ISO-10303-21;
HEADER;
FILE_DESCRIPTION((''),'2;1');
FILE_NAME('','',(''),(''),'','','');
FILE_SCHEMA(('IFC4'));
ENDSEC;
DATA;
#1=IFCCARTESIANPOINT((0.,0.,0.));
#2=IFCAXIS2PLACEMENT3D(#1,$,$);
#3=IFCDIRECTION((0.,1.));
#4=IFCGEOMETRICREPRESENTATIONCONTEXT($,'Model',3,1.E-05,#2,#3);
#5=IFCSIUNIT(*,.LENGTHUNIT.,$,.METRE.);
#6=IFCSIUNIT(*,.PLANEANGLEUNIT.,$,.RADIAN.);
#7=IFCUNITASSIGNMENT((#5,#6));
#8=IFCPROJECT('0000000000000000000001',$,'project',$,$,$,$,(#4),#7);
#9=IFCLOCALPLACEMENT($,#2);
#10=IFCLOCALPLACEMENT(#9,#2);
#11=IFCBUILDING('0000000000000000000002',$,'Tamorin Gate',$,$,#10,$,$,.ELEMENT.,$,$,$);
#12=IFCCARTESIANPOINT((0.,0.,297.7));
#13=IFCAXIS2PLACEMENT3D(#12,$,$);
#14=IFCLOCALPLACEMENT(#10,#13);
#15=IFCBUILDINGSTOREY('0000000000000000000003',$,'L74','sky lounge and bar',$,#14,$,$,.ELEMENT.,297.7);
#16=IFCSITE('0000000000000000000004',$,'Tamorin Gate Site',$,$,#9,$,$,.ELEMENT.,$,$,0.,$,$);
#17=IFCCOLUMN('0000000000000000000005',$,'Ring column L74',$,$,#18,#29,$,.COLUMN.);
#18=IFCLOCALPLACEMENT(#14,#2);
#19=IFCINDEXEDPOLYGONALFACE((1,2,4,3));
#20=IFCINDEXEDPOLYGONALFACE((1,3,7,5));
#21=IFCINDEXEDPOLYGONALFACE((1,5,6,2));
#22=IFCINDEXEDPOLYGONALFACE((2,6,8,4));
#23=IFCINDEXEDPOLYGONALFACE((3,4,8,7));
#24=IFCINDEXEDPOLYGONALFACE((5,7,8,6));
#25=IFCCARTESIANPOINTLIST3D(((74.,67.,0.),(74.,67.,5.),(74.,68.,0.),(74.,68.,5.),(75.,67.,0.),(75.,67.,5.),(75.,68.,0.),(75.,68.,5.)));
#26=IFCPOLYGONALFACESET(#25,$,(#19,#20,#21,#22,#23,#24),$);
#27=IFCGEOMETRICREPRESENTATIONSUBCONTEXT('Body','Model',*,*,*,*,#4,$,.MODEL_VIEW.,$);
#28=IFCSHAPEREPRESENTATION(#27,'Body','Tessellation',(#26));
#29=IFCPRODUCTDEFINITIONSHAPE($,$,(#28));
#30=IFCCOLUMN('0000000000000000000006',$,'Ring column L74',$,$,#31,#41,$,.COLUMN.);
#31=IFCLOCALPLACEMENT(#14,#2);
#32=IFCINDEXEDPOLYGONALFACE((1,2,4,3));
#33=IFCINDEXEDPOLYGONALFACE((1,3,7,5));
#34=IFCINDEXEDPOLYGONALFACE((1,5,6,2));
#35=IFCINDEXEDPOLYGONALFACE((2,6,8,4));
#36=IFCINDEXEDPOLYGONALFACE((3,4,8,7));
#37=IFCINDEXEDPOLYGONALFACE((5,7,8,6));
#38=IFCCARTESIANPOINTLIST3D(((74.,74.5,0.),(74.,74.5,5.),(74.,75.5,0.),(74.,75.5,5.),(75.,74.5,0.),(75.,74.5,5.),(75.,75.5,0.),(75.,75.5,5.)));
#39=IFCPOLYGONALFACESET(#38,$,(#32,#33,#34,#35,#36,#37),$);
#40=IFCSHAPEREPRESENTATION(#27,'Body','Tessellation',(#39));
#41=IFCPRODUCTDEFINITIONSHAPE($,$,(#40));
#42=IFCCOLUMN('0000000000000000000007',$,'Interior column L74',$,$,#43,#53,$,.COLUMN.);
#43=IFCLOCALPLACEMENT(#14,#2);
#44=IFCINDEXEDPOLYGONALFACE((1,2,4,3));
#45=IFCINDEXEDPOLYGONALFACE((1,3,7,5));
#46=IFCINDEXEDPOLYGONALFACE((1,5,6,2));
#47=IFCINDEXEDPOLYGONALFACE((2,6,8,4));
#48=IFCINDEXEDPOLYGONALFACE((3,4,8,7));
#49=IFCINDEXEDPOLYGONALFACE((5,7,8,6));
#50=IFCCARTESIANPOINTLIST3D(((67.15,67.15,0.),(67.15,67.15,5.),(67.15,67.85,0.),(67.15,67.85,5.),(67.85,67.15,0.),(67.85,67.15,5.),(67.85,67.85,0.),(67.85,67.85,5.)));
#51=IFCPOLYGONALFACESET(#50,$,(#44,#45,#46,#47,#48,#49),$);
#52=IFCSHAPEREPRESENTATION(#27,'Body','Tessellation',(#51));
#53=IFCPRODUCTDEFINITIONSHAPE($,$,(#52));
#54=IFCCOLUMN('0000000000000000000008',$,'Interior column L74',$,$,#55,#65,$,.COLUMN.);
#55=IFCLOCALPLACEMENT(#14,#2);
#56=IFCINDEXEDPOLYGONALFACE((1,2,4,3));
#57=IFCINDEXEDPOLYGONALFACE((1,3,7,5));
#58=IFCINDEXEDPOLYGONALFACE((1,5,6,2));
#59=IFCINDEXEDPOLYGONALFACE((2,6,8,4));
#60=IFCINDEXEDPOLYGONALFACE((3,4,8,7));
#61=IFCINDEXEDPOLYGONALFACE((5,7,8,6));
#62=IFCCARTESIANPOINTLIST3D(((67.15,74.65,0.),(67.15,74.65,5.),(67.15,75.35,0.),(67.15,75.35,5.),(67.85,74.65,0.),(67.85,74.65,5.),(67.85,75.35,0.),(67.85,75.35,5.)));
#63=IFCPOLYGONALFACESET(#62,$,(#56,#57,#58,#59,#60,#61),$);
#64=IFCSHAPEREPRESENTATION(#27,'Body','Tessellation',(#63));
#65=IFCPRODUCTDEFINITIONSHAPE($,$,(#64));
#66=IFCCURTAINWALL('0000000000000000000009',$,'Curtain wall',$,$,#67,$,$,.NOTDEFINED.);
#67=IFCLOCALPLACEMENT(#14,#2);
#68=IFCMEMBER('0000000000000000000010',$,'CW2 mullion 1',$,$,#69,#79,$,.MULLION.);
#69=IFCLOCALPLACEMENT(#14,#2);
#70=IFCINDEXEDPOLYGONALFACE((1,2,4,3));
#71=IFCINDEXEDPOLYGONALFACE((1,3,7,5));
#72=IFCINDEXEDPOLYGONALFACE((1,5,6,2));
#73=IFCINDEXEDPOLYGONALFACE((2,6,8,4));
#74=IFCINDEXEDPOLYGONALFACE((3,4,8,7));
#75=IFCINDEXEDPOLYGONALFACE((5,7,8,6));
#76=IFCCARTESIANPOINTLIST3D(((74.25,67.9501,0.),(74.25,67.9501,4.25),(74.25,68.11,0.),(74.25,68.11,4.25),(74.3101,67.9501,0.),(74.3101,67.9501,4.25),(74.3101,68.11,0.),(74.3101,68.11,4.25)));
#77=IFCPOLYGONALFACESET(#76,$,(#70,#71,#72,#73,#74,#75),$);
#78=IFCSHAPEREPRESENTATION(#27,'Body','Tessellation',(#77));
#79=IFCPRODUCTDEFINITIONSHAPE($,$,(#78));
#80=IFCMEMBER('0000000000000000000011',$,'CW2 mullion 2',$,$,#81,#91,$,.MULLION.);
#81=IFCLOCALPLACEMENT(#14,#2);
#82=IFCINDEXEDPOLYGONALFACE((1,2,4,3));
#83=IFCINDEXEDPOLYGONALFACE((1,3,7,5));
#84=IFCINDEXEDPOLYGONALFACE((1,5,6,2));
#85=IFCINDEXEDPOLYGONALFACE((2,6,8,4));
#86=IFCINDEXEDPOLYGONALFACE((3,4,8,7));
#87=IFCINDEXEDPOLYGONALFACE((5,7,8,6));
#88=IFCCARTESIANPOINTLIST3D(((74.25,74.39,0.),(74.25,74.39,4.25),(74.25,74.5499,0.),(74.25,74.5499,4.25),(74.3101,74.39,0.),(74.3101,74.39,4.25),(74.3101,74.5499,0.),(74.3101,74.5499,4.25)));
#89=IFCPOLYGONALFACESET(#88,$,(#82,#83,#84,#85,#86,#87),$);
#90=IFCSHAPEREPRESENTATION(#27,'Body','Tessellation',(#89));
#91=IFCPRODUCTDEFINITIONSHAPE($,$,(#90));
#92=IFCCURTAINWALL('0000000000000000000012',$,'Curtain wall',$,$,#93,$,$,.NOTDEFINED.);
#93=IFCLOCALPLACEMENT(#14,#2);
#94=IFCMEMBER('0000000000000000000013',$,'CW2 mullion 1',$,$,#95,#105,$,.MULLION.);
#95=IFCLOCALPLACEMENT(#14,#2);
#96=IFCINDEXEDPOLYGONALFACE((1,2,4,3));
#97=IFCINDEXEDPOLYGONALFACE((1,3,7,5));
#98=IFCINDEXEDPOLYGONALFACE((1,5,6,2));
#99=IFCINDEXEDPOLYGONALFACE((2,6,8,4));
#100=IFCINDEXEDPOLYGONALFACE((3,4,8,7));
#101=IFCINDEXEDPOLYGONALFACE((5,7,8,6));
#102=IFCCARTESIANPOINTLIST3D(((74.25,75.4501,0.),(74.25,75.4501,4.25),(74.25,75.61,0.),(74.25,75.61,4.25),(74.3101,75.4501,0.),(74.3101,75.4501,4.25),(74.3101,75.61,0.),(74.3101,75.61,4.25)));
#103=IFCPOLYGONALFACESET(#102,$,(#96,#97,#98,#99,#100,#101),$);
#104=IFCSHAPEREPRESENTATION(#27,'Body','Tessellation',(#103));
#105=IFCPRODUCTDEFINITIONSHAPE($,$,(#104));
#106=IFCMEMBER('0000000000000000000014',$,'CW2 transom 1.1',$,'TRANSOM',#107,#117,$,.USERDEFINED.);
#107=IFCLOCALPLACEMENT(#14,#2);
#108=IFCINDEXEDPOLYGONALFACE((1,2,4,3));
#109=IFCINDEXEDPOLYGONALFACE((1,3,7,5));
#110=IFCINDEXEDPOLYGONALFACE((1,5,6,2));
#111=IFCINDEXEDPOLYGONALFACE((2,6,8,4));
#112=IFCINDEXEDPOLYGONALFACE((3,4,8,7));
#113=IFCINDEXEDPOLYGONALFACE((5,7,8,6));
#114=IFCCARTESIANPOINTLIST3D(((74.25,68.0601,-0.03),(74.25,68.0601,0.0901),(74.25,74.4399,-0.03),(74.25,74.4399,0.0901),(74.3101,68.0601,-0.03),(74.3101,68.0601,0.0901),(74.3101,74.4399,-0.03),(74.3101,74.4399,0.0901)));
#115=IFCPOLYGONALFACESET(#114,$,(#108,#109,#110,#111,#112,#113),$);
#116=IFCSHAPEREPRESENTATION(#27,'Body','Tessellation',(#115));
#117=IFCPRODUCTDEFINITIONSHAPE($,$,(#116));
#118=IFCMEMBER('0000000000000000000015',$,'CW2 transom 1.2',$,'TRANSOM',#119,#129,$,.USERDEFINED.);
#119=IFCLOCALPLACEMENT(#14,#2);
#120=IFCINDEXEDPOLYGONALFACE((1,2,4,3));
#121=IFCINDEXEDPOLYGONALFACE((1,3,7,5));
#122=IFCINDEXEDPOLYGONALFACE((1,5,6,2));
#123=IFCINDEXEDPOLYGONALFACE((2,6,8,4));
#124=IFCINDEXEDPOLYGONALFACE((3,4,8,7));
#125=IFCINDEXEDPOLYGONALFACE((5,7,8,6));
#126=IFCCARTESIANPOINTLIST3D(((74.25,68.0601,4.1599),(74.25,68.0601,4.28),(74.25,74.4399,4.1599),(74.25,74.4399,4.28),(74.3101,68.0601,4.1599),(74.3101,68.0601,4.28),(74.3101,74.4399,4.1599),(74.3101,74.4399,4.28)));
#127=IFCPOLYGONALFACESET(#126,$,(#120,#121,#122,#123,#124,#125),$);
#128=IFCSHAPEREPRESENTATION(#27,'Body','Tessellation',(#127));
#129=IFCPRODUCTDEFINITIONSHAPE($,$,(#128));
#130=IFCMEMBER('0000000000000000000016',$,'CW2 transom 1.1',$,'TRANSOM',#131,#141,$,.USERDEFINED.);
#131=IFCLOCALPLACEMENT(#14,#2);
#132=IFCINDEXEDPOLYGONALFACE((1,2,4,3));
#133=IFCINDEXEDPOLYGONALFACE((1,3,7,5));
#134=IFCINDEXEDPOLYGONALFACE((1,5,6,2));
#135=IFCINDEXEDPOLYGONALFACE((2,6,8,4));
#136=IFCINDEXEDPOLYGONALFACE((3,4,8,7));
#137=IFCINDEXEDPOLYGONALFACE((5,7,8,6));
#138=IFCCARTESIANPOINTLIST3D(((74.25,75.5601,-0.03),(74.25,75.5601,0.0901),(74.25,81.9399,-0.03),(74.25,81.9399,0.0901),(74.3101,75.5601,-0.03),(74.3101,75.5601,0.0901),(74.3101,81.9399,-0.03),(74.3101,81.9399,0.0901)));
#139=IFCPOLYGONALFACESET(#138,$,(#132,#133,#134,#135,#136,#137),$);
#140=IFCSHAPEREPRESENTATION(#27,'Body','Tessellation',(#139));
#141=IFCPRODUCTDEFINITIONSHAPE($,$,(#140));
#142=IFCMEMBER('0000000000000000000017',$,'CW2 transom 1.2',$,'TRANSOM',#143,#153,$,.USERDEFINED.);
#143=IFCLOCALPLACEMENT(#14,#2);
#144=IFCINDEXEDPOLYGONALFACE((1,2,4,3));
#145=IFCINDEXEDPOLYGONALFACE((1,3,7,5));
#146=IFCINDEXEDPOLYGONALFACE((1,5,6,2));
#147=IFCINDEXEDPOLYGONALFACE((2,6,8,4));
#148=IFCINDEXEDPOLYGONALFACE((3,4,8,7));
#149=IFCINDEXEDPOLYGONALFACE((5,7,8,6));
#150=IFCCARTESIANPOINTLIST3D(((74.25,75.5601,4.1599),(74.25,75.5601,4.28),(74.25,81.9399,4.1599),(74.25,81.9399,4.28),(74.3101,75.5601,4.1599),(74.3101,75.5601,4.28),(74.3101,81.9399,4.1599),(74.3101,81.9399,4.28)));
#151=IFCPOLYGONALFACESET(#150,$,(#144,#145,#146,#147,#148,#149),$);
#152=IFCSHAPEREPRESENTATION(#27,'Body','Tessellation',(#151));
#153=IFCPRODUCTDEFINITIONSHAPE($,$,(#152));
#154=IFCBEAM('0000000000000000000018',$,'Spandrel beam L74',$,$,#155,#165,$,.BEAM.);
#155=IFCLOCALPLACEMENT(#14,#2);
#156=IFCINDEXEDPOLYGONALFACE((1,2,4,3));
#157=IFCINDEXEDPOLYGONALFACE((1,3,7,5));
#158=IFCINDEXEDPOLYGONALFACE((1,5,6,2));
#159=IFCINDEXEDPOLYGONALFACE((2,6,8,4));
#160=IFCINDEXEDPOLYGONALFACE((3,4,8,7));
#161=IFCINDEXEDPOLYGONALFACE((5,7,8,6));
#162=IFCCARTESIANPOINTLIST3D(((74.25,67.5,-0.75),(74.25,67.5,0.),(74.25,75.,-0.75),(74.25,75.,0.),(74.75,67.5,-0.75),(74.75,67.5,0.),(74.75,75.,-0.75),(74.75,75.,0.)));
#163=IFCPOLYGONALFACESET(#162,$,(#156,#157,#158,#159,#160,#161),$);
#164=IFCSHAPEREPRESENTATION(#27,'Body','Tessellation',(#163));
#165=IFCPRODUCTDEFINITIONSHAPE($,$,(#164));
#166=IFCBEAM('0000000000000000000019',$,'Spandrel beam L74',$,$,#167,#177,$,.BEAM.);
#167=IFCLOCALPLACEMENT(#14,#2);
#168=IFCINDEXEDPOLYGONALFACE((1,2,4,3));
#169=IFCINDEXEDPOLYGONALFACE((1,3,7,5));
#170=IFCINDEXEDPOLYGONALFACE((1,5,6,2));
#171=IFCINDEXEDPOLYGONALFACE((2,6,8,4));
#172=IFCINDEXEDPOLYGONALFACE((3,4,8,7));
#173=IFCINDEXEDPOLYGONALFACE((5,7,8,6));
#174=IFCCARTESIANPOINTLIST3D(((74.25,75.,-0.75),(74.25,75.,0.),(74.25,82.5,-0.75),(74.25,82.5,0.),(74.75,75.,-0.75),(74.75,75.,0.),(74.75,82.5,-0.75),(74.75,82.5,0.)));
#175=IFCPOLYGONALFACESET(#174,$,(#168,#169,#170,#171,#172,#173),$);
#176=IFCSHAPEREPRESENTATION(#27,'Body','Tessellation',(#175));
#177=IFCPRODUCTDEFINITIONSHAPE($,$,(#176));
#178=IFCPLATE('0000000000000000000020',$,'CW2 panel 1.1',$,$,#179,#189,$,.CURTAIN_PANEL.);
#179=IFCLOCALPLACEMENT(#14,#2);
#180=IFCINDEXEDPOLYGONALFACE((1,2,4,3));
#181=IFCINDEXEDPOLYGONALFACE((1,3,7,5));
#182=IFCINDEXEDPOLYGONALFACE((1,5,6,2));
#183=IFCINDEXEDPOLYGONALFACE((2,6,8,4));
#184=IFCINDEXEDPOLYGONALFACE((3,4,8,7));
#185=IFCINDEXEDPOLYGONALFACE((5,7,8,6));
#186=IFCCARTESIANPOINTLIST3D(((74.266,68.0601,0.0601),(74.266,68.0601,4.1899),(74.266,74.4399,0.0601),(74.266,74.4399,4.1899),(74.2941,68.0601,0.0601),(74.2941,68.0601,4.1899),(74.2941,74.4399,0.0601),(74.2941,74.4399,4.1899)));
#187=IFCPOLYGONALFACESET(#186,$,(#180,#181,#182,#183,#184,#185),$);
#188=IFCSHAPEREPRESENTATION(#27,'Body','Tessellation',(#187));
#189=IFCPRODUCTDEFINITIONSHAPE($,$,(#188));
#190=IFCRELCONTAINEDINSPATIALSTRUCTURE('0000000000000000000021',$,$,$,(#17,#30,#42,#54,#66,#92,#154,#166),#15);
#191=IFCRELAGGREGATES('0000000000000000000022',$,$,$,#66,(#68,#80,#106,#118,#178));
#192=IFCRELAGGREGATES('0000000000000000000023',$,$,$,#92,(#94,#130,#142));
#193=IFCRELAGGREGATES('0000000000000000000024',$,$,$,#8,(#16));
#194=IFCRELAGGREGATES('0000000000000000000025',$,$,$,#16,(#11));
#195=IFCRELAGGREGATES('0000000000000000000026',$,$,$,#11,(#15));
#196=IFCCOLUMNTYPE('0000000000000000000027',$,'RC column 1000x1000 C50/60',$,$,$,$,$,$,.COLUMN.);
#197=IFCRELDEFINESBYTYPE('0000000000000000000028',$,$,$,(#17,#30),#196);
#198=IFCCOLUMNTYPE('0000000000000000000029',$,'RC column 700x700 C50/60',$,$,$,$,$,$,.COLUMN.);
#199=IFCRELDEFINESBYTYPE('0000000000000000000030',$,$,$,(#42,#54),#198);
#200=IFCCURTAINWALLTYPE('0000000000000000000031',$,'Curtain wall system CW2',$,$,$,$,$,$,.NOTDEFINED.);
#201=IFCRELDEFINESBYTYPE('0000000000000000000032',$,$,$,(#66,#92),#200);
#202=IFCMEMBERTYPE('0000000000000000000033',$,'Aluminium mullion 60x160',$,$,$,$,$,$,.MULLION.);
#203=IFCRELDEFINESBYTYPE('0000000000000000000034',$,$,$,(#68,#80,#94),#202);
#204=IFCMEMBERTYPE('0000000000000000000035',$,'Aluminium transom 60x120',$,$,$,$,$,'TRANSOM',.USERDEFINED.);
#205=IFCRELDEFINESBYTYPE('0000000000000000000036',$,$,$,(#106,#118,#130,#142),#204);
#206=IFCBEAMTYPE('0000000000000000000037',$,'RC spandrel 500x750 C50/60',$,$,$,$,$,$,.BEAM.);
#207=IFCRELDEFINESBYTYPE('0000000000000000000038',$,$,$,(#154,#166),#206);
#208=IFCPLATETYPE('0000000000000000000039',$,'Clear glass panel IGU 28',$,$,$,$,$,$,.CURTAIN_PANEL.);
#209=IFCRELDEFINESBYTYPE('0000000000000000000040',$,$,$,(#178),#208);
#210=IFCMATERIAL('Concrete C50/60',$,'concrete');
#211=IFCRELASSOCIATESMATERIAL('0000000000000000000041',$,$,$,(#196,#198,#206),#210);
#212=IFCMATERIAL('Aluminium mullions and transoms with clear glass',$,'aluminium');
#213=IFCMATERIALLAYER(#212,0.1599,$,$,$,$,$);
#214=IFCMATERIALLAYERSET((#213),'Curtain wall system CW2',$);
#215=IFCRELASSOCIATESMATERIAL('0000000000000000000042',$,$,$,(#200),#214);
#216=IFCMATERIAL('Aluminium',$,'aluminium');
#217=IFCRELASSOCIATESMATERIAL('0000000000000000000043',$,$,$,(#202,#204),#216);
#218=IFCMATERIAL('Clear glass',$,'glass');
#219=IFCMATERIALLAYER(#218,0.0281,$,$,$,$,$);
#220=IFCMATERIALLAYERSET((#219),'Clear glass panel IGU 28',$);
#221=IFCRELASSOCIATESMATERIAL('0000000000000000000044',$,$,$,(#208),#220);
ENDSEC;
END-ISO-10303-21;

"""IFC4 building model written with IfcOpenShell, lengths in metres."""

from ifc_helpers import new_model, si_unit, direction, frame, origin, origin_2d, place, context, subcontext, project, spatial, rectangle, extrude, material, layer, layer_set, material_profile, profile_set, type_object, element, aggregate, save


model = new_model("IFC4")

# Units and contexts
model_context = context("Model", 3, precision=1e-05, world=origin(), true_north=direction((0.0, 1.0)))
body_context = subcontext(model_context, "Body", "Model", "MODEL_VIEW")
ifc_project = project(units=[si_unit("LENGTHUNIT", "METRE"), si_unit("PLANEANGLEUNIT", "RADIAN")], contexts=[model_context])

# Site, building, storey
site_placement = place(None, origin())
site = spatial("IfcSite", under=ifc_project, at=site_placement, Name="Tamorin Gate Site", CompositionType="ELEMENT", RefElevation=0.0)
building_placement = place(site_placement, origin())
building = spatial("IfcBuilding", under=site, at=building_placement, Name="Tamorin Gate", CompositionType="ELEMENT")
storey_placement = place(building_placement, frame((0.0, 0.0, 297.7)))
storey = spatial("IfcBuildingStorey", under=building, at=storey_placement, Name="L74", Description="sky lounge and bar", CompositionType="ELEMENT", Elevation=297.7)

# Columns
ifc_material_1 = material(Name="Concrete C50/60", Category="concrete")
ifc_material_profile_1 = material_profile(ifc_material_1, rectangle(XDim=1.0, YDim=1.0, at=origin_2d()), Name="RC 1000x1000")
ifc_profile_set_1 = profile_set([ifc_material_profile_1], Name="Concrete C50/60")
column_type_1 = type_object("IfcColumnType", Name="RC column 1000x1000 C50/60", PredefinedType="COLUMN", material=ifc_profile_set_1)
for number, where, z_axis, x_axis, name in (
    (1, (74.5, 67.5, 0.0), (0.0, 0.0, 1.0), (1.0, 0.0, 0.0), "Ring column L74"),
    (2, (74.5, 75.0, 0.0), (0.0, 0.0, 1.0), (1.0, 0.0, 0.0), "Ring column L74"),
):
    element("IfcColumn", number, at=place(storey_placement, frame(where, z_axis=z_axis, x_axis=x_axis)), inside=storey, type_object=column_type_1, Name=name, PredefinedType="COLUMN", context=body_context, shape_type="SweptSolid", body=[
        extrude(rectangle(XDim=1.0, YDim=1.0, at=origin_2d()), origin(), (0.0, 0.0, 1.0), 5.0),
    ])
ifc_material_profile_2 = material_profile(ifc_material_1, rectangle(XDim=0.7, YDim=0.7, at=origin_2d()), Name="RC 700x700")
ifc_profile_set_2 = profile_set([ifc_material_profile_2], Name="Concrete C50/60")
column_type_2 = type_object("IfcColumnType", Name="RC column 700x700 C50/60", PredefinedType="COLUMN", material=ifc_profile_set_2)
for number, where, z_axis, x_axis, name in (
    (3, (67.5, 67.5, 0.0), (0.0, 0.0, 1.0), (1.0, 0.0, 0.0), "Interior column L74"),
    (4, (67.5, 75.0, 0.0), (0.0, 0.0, 1.0), (1.0, 0.0, 0.0), "Interior column L74"),
):
    element("IfcColumn", number, at=place(storey_placement, frame(where, z_axis=z_axis, x_axis=x_axis)), inside=storey, type_object=column_type_2, Name=name, PredefinedType="COLUMN", context=body_context, shape_type="SweptSolid", body=[
        extrude(rectangle(XDim=0.7, YDim=0.7, at=origin_2d()), origin(), (0.0, 0.0, 1.0), 5.0),
    ])

# Curtain wall, members
ifc_material_2 = material(Name="Aluminium mullions and transoms with clear glass", Category="aluminium")
ifc_layer_1 = layer(ifc_material_2, 0.1599)
ifc_layer_set_1 = layer_set([ifc_layer_1], Name="Curtain wall system CW2")
curtain_wall_type = type_object("IfcCurtainWallType", Name="Curtain wall system CW2", PredefinedType="NOTDEFINED", material=ifc_layer_set_1)
curtain_wall_1_placement = place(storey_placement, origin())
curtain_wall_1 = element("IfcCurtainWall", 5, at=curtain_wall_1_placement, inside=storey, type_object=curtain_wall_type, Name="Curtain wall", PredefinedType="NOTDEFINED")
ifc_material_3 = material(Name="Aluminium", Category="aluminium")
ifc_material_profile_3 = material_profile(ifc_material_3, rectangle(XDim=0.0601, YDim=0.1599, at=origin_2d()), Name="RECT 60x160")
ifc_profile_set_3 = profile_set([ifc_material_profile_3], Name="Aluminium")
member_type_1 = type_object("IfcMemberType", Name="Aluminium mullion 60x160", PredefinedType="MULLION", material=ifc_profile_set_3)
member_1_placement = place(storey_placement, frame((74.28, 68.03, 0.0), z_axis=(0.0, 0.0, 1.0), x_axis=(-1.0, 0.0, 0.0)))
member_1 = element("IfcMember", 6, at=member_1_placement, type_object=member_type_1, Name="CW2 mullion 1", PredefinedType="MULLION", context=body_context, shape_type="SweptSolid", body=[
    extrude(rectangle(XDim=0.0601, YDim=0.1599, at=origin_2d()), origin(), (0.0, 0.0, 1.0), 4.25),
])
member_2_placement = place(storey_placement, frame((74.28, 74.47, 0.0), z_axis=(0.0, 0.0, 1.0), x_axis=(-1.0, 0.0, 0.0)))
member_2 = element("IfcMember", 7, at=member_2_placement, type_object=member_type_1, Name="CW2 mullion 2", PredefinedType="MULLION", context=body_context, shape_type="SweptSolid", body=[
    extrude(rectangle(XDim=0.0601, YDim=0.1599, at=origin_2d()), origin(), (0.0, 0.0, 1.0), 4.25),
])

# Curtain wall, member
curtain_wall_2_placement = place(storey_placement, origin())
curtain_wall_2 = element("IfcCurtainWall", 8, at=curtain_wall_2_placement, inside=storey, type_object=curtain_wall_type, Name="Curtain wall", PredefinedType="NOTDEFINED")
member_3_placement = place(storey_placement, frame((74.28, 75.53, 0.0), z_axis=(0.0, 0.0, 1.0), x_axis=(-1.0, 0.0, 0.0)))
member_3 = element("IfcMember", 9, at=member_3_placement, type_object=member_type_1, Name="CW2 mullion 1", PredefinedType="MULLION", context=body_context, shape_type="SweptSolid", body=[
    extrude(rectangle(XDim=0.0601, YDim=0.1599, at=origin_2d()), origin(), (0.0, 0.0, 1.0), 4.25),
])

# Members
ifc_material_profile_4 = material_profile(ifc_material_3, rectangle(XDim=0.0601, YDim=0.1201, at=origin_2d()), Name="RECT 60x120")
ifc_profile_set_4 = profile_set([ifc_material_profile_4], Name="Aluminium")
member_type_2 = type_object("IfcMemberType", Name="Aluminium transom 60x120", ElementType="TRANSOM", PredefinedType="USERDEFINED", material=ifc_profile_set_4)
member_4_placement = place(storey_placement, frame((74.28, 68.0601, 0.03), z_axis=(0.0, 1.0, 0.0), x_axis=(-1.0, 0.0, 0.0)))
member_4 = element("IfcMember", 10, at=member_4_placement, type_object=member_type_2, Name="CW2 transom 1.1", ObjectType="TRANSOM", PredefinedType="USERDEFINED", context=body_context, shape_type="SweptSolid", body=[
    extrude(rectangle(XDim=0.0601, YDim=0.1201, at=origin_2d()), origin(), (0.0, 0.0, 1.0), 6.3799),
])
member_5_placement = place(storey_placement, frame((74.28, 68.0601, 4.22), z_axis=(0.0, 1.0, 0.0), x_axis=(-1.0, 0.0, 0.0)))
member_5 = element("IfcMember", 11, at=member_5_placement, type_object=member_type_2, Name="CW2 transom 1.2", ObjectType="TRANSOM", PredefinedType="USERDEFINED", context=body_context, shape_type="SweptSolid", body=[
    extrude(rectangle(XDim=0.0601, YDim=0.1201, at=origin_2d()), origin(), (0.0, 0.0, 1.0), 6.3799),
])
member_6_placement = place(storey_placement, frame((74.28, 75.5601, 0.03), z_axis=(0.0, 1.0, 0.0), x_axis=(-1.0, 0.0, 0.0)))
member_6 = element("IfcMember", 12, at=member_6_placement, type_object=member_type_2, Name="CW2 transom 1.1", ObjectType="TRANSOM", PredefinedType="USERDEFINED", context=body_context, shape_type="SweptSolid", body=[
    extrude(rectangle(XDim=0.0601, YDim=0.1201, at=origin_2d()), origin(), (0.0, 0.0, 1.0), 6.3799),
])
member_7_placement = place(storey_placement, frame((74.28, 75.5601, 4.22), z_axis=(0.0, 1.0, 0.0), x_axis=(-1.0, 0.0, 0.0)))
member_7 = element("IfcMember", 13, at=member_7_placement, type_object=member_type_2, Name="CW2 transom 1.2", ObjectType="TRANSOM", PredefinedType="USERDEFINED", context=body_context, shape_type="SweptSolid", body=[
    extrude(rectangle(XDim=0.0601, YDim=0.1201, at=origin_2d()), origin(), (0.0, 0.0, 1.0), 6.3799),
])

# Beams
ifc_material_profile_5 = material_profile(ifc_material_1, rectangle(XDim=0.5, YDim=0.75, at=origin_2d()), Name="RC 500x750")
ifc_profile_set_5 = profile_set([ifc_material_profile_5], Name="Concrete C50/60")
beam_type = type_object("IfcBeamType", Name="RC spandrel 500x750 C50/60", PredefinedType="BEAM", material=ifc_profile_set_5)
for number, where, z_axis, x_axis, name in (
    (14, (74.5, 67.5, -0.375), (0.0, 1.0, 0.0), (-1.0, 0.0, 0.0), "Spandrel beam L74"),
    (15, (74.5, 75.0, -0.375), (0.0, 1.0, 0.0), (-1.0, 0.0, 0.0), "Spandrel beam L74"),
):
    element("IfcBeam", number, at=place(storey_placement, frame(where, z_axis=z_axis, x_axis=x_axis)), inside=storey, type_object=beam_type, Name=name, PredefinedType="BEAM", context=body_context, shape_type="SweptSolid", body=[
        extrude(rectangle(XDim=0.5, YDim=0.75, at=origin_2d()), origin(), (0.0, 0.0, 1.0), 7.5),
    ])

# Plate
ifc_material_4 = material(Name="Clear glass", Category="glass")
ifc_layer_2 = layer(ifc_material_4, 0.0281)
ifc_layer_set_2 = layer_set([ifc_layer_2], Name="Clear glass panel IGU 28")
plate_type = type_object("IfcPlateType", Name="Clear glass panel IGU 28", PredefinedType="CURTAIN_PANEL", material=ifc_layer_set_2)
plate_1_placement = place(storey_placement, frame((74.28, 71.25, 0.0601), z_axis=(0.0, 0.0, 1.0), x_axis=(0.0, 1.0, 0.0)))
plate_1 = element("IfcPlate", 16, at=plate_1_placement, type_object=plate_type, Name="CW2 panel 1.1", PredefinedType="CURTAIN_PANEL", context=body_context, shape_type="SweptSolid", body=[
    extrude(rectangle(XDim=6.3799, YDim=0.0281, at=origin_2d()), origin(), (0.0, 0.0, 1.0), 4.1299),
])
aggregate(curtain_wall_1, [member_1, member_2, member_4, member_5, plate_1])
aggregate(curtain_wall_2, [member_3, member_6, member_7])

save(model, "model.ifc")
